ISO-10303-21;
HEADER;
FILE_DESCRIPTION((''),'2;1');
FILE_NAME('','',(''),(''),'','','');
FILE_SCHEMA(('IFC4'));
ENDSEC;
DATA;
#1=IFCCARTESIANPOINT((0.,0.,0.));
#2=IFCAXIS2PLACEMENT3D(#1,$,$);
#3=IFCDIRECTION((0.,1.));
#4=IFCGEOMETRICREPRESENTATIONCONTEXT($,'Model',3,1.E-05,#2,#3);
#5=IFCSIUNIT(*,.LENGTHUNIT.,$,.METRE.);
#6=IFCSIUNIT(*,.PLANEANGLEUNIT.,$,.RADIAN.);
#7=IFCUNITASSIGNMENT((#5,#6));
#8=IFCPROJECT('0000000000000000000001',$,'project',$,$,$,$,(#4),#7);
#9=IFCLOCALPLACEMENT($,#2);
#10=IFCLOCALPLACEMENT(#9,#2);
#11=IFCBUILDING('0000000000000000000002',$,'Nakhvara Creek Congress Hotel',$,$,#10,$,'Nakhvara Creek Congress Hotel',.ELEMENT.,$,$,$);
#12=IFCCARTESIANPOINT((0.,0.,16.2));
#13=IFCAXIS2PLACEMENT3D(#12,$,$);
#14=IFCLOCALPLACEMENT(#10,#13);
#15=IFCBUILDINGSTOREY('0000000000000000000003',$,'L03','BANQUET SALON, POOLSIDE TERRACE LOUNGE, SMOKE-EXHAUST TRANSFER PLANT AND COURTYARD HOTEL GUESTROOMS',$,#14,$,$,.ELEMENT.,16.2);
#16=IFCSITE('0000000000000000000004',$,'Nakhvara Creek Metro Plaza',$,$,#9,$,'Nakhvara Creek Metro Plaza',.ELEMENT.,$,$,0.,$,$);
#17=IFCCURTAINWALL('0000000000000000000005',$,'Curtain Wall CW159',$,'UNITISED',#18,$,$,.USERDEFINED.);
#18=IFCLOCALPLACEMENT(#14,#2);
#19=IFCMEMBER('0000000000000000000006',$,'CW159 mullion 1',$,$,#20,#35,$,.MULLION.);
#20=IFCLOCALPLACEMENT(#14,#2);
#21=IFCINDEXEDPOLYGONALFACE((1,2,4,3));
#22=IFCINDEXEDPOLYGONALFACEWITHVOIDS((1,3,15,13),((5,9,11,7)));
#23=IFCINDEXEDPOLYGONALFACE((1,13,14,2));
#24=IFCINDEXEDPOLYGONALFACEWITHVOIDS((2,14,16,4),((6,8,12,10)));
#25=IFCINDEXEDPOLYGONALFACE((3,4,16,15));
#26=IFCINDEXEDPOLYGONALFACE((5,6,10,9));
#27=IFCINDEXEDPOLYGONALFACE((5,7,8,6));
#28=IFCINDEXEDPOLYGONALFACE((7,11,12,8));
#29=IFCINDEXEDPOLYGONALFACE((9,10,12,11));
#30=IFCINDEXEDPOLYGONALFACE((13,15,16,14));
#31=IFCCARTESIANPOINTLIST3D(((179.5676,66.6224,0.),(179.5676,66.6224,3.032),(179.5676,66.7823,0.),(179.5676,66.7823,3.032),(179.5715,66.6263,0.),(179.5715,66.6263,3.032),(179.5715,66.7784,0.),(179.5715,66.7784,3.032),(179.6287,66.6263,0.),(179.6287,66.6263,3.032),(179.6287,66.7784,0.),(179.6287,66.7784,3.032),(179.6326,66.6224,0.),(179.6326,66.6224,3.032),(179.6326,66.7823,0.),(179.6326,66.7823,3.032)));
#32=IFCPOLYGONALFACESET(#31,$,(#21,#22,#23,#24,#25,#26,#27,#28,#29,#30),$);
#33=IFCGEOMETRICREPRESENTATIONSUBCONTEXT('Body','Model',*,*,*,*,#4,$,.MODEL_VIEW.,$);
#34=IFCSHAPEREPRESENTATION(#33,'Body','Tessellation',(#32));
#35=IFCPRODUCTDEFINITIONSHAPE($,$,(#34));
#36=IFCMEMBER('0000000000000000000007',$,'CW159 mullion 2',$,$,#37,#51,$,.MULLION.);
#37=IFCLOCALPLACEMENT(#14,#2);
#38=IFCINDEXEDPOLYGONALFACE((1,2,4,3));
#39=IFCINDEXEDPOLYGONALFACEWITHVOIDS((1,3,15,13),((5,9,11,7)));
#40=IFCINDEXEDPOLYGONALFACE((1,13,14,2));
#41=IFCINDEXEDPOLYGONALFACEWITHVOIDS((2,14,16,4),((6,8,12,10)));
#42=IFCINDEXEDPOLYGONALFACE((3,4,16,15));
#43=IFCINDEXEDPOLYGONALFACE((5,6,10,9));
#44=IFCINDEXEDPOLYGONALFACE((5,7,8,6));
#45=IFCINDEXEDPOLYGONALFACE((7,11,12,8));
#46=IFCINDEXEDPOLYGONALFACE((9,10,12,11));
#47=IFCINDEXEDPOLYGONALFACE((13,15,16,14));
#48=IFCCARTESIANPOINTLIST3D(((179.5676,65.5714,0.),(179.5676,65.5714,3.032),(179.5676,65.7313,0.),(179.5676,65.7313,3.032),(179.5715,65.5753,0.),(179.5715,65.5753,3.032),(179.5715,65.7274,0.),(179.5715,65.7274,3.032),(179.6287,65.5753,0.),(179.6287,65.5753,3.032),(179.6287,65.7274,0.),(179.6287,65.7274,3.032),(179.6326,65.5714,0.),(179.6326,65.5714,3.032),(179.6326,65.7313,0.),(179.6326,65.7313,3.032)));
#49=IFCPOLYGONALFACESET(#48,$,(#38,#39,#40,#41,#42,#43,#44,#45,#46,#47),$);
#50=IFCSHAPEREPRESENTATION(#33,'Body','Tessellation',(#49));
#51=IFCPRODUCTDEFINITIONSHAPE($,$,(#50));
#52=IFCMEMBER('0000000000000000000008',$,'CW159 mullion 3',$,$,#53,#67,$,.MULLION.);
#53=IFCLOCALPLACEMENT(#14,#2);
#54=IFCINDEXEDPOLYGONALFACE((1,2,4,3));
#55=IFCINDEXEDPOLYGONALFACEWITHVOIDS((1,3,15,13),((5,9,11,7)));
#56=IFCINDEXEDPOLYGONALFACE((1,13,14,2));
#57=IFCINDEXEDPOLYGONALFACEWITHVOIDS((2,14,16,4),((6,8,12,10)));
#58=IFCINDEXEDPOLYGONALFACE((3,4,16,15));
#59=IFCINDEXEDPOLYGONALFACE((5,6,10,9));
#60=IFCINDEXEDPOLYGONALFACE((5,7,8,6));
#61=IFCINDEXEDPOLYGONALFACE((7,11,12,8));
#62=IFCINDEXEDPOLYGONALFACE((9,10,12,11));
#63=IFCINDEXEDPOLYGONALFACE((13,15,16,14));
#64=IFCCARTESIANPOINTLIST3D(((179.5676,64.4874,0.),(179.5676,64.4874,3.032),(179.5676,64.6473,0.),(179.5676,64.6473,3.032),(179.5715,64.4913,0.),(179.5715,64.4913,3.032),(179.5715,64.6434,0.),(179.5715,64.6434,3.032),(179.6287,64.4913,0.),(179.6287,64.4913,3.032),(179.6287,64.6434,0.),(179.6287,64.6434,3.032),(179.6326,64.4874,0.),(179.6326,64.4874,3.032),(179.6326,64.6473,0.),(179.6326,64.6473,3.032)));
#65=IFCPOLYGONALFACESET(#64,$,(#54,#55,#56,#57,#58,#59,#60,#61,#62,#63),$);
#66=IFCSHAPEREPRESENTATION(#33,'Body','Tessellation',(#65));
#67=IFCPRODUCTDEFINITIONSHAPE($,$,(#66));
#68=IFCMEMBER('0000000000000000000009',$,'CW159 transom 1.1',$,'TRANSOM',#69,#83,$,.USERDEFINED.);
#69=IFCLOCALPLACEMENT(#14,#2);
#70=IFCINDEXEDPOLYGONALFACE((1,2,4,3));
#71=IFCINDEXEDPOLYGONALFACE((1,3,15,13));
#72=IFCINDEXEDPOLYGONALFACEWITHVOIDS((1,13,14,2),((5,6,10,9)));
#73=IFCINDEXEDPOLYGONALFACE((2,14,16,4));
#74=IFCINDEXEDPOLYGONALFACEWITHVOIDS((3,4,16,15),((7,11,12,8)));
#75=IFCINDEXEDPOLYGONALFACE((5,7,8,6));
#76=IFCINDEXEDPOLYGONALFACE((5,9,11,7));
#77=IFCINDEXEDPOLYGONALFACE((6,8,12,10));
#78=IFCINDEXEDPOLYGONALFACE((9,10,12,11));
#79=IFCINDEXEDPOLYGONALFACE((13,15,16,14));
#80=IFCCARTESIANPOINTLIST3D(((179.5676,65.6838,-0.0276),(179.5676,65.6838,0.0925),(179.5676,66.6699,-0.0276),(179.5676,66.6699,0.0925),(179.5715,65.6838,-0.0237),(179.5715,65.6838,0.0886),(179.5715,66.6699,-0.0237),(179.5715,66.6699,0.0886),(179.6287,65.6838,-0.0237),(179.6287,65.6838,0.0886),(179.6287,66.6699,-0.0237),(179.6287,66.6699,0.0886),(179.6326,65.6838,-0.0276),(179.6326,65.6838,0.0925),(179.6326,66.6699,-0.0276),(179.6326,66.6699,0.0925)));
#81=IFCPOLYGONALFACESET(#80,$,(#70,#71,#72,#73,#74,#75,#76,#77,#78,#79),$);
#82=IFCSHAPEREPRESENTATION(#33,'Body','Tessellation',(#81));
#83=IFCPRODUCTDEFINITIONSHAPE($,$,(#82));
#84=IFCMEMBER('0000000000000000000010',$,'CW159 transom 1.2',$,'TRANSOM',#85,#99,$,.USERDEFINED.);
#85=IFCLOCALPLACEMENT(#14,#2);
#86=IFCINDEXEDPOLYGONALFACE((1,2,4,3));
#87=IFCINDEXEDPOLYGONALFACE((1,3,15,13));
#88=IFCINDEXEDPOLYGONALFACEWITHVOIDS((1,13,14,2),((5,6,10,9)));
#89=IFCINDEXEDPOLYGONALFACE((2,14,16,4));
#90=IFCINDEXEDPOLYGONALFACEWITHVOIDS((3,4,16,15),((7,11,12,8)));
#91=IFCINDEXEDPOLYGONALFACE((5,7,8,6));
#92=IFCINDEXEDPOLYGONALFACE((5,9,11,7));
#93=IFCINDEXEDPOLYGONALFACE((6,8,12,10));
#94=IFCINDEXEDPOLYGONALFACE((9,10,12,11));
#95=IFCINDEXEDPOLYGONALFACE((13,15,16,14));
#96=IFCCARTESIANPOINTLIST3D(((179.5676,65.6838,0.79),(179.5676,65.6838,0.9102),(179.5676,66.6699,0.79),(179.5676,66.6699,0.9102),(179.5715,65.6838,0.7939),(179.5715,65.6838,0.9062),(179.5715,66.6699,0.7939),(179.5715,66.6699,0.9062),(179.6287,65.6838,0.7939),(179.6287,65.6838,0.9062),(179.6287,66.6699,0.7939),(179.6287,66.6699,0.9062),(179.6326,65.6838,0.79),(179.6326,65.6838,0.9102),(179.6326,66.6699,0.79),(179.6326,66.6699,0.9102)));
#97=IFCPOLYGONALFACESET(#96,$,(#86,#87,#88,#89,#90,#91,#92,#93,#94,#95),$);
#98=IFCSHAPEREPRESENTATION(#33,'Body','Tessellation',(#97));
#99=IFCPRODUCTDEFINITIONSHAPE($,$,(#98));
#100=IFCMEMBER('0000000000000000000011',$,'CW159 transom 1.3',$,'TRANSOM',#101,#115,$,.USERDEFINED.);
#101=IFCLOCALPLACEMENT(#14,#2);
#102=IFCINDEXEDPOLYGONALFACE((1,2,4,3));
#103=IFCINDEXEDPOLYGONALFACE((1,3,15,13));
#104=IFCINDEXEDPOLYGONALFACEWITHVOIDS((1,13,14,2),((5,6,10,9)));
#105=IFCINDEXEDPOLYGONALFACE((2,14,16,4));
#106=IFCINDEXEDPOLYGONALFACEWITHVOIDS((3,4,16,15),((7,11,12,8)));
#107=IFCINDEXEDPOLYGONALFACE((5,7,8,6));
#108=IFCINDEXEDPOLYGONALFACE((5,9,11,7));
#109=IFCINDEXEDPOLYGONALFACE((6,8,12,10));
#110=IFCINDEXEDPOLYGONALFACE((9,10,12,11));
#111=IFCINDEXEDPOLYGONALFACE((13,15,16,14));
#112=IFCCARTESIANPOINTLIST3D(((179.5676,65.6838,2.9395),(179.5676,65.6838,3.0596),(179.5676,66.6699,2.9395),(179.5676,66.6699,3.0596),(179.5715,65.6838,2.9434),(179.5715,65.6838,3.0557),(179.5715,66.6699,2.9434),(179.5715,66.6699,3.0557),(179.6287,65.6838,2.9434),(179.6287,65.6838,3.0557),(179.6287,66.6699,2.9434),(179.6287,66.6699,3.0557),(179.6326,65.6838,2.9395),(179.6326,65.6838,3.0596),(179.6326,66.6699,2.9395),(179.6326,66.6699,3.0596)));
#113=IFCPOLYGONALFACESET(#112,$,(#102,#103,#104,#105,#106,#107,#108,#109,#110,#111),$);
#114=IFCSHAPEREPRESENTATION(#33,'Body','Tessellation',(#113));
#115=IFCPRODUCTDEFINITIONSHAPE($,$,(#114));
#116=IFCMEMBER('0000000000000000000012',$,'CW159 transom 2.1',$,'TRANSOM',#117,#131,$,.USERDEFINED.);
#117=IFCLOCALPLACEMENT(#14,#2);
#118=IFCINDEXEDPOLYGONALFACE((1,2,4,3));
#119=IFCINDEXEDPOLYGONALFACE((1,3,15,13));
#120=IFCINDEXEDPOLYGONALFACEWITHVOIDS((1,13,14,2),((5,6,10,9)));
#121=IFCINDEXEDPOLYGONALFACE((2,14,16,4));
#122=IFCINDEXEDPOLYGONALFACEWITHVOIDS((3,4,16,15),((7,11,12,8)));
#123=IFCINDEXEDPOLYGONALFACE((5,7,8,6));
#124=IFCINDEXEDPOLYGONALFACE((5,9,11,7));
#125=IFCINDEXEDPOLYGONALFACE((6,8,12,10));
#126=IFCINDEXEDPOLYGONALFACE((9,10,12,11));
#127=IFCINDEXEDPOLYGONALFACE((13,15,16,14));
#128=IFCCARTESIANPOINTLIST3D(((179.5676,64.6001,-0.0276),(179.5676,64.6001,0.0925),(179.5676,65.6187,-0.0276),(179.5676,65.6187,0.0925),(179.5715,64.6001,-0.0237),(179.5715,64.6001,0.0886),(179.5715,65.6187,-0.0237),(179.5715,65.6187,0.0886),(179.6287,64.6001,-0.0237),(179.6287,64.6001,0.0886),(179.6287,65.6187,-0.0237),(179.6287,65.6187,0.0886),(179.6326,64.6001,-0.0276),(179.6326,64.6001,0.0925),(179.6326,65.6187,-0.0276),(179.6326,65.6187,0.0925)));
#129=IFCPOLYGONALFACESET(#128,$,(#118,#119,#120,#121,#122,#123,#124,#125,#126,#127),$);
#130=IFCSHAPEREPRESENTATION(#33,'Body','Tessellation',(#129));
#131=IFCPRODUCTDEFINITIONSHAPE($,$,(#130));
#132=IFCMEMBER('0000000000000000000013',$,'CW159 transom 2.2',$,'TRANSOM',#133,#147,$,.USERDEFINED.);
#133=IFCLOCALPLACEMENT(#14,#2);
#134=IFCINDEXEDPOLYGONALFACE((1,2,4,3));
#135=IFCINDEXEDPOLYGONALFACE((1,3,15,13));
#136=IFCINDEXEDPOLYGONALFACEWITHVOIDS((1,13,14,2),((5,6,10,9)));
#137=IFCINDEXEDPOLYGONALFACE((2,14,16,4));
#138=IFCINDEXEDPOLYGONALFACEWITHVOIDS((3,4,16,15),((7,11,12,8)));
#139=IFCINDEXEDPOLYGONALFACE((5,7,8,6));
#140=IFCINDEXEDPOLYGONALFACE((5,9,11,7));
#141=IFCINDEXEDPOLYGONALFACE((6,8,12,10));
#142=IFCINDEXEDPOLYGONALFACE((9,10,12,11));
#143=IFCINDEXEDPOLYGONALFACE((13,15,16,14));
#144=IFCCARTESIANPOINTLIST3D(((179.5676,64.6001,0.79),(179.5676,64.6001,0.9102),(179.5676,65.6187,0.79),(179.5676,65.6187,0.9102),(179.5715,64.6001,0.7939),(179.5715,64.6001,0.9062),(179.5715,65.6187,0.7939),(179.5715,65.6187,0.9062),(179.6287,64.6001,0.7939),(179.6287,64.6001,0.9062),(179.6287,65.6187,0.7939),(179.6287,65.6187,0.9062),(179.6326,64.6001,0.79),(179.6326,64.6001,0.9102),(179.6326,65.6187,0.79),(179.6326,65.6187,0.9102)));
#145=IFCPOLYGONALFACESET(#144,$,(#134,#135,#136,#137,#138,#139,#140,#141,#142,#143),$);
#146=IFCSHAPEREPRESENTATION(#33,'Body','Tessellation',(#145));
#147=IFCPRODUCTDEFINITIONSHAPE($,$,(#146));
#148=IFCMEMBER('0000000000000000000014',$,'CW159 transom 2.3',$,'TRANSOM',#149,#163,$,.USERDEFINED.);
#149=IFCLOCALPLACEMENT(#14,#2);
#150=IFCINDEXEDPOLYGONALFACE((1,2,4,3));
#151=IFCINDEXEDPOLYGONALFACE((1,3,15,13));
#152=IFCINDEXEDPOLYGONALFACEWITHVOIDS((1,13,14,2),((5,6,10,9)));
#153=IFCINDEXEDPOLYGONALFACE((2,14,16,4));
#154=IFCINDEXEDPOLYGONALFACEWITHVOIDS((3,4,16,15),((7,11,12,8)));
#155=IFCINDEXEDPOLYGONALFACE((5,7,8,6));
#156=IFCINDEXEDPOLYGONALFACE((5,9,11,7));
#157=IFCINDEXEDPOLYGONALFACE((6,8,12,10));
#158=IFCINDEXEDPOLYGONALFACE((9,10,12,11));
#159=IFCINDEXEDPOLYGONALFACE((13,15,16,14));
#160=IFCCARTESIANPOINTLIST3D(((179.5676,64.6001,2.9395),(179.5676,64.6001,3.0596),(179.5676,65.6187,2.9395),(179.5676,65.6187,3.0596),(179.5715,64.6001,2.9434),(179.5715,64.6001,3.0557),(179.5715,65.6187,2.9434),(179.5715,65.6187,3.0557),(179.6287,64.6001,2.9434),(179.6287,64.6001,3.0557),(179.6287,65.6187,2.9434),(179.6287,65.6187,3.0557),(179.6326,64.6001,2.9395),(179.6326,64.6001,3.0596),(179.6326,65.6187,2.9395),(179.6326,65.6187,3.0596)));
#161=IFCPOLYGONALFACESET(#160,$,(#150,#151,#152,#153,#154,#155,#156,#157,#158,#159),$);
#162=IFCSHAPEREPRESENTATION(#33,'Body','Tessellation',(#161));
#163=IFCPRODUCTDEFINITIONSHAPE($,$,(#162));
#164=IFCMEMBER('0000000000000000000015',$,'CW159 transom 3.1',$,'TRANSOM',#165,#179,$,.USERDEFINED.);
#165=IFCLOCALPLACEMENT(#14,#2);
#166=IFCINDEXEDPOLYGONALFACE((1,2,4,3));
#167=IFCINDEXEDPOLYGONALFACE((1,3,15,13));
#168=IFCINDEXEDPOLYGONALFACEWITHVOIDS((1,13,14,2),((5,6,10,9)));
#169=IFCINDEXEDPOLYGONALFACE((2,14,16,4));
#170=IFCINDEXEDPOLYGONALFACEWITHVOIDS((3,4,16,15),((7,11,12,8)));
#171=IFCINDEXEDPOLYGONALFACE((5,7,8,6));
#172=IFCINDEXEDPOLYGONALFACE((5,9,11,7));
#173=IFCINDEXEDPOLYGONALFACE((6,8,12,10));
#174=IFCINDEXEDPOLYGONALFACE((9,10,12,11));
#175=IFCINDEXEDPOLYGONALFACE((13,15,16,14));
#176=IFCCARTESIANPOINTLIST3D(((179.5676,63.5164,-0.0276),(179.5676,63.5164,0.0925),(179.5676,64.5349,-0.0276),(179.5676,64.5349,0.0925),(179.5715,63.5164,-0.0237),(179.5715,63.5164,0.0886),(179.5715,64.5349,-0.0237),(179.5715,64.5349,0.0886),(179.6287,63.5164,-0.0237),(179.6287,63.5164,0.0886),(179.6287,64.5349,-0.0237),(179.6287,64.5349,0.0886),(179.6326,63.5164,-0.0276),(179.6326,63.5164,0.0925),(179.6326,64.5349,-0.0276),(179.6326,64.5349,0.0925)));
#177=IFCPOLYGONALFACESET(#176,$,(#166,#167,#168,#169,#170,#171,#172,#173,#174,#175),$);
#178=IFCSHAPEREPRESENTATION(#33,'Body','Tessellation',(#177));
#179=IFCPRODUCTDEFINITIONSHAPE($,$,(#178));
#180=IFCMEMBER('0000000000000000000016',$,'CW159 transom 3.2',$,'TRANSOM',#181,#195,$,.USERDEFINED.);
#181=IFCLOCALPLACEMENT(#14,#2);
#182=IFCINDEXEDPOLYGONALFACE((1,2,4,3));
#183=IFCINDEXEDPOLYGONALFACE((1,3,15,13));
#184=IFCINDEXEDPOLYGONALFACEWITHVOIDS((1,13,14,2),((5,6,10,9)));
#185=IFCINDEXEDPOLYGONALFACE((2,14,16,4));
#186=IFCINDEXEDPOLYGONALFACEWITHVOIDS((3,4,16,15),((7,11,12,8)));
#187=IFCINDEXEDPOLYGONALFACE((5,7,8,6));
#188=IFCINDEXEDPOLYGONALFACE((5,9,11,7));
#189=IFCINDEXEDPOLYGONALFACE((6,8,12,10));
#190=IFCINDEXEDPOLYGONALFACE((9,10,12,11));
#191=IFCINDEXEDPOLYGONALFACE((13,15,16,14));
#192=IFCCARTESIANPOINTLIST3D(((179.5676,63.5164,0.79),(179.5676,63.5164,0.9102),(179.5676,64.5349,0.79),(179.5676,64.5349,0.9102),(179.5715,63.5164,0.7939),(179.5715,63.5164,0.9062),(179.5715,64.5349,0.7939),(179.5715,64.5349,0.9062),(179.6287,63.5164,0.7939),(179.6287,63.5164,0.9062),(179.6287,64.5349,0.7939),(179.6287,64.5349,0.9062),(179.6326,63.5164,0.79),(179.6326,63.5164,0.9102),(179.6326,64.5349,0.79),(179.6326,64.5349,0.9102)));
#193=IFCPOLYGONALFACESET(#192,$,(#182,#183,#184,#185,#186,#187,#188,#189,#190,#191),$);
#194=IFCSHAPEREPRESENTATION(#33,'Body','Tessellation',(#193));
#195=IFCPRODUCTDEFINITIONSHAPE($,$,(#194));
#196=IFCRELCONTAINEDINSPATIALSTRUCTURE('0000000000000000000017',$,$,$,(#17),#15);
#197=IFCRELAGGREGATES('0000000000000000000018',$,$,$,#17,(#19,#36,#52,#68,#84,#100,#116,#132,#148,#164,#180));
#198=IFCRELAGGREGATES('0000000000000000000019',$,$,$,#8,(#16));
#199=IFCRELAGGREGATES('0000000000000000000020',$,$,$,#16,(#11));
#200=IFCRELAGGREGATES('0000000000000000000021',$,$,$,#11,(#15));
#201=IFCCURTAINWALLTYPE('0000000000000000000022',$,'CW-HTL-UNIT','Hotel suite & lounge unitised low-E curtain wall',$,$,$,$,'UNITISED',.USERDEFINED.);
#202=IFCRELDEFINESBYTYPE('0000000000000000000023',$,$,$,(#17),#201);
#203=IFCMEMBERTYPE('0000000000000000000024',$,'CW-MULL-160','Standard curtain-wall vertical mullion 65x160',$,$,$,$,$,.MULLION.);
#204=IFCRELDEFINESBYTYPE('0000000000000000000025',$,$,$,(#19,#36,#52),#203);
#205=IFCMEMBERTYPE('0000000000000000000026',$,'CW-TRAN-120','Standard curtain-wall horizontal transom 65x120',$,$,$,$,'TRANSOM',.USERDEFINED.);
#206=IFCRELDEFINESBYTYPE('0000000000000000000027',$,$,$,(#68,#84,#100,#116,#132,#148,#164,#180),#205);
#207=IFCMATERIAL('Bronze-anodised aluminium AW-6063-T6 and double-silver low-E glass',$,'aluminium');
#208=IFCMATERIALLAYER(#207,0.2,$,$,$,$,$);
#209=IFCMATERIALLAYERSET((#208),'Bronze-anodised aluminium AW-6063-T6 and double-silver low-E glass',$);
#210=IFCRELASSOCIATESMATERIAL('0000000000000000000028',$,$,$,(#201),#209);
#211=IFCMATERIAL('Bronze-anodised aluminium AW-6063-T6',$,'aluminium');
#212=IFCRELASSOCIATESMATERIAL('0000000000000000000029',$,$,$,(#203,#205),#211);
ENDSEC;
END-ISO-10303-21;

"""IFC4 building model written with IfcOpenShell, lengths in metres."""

from ifc_helpers import new_model, si_unit, direction, frame, origin, origin_2d, place, context, subcontext, project, spatial, hollow_rectangle, extrude, material, layer, layer_set, material_profile, profile_set, type_object, element, aggregate, save


model = new_model("IFC4")

# Units and contexts
model_context = context("Model", 3, precision=1e-05, world=origin(), true_north=direction((0.0, 1.0)))
body_context = subcontext(model_context, "Body", "Model", "MODEL_VIEW")
ifc_project = project(units=[si_unit("LENGTHUNIT", "METRE"), si_unit("PLANEANGLEUNIT", "RADIAN")], contexts=[model_context])

# Site, building, storey
site_placement = place(None, origin())
site = spatial("IfcSite", under=ifc_project, at=site_placement, Name="Nakhvara Creek Metro Plaza", LongName="Nakhvara Creek Metro Plaza", CompositionType="ELEMENT", RefElevation=0.0)
building_placement = place(site_placement, origin())
building = spatial("IfcBuilding", under=site, at=building_placement, Name="Nakhvara Creek Congress Hotel", LongName="Nakhvara Creek Congress Hotel", CompositionType="ELEMENT")
storey_placement = place(building_placement, frame((0.0, 0.0, 16.2)))
storey = spatial("IfcBuildingStorey", under=building, at=storey_placement, Name="L03", Description="BANQUET SALON, POOLSIDE TERRACE LOUNGE, SMOKE-EXHAUST TRANSFER PLANT AND COURTYARD HOTEL GUESTROOMS", CompositionType="ELEMENT", Elevation=16.2)

# Curtain wall, members
ifc_material_1 = material(Name="Bronze-anodised aluminium AW-6063-T6 and double-silver low-E glass", Category="aluminium")
ifc_layer_1 = layer(ifc_material_1, 0.2)
ifc_layer_set_1 = layer_set([ifc_layer_1], Name="Bronze-anodised aluminium AW-6063-T6 and double-silver low-E glass")
curtain_wall_type = type_object("IfcCurtainWallType", Name="CW-HTL-UNIT", Description="Hotel suite & lounge unitised low-E curtain wall", ElementType="UNITISED", PredefinedType="USERDEFINED", material=ifc_layer_set_1)
curtain_wall_placement = place(storey_placement, origin())
curtain_wall = element("IfcCurtainWall", 1, at=curtain_wall_placement, inside=storey, type_object=curtain_wall_type, Name="Curtain Wall CW159", ObjectType="UNITISED", PredefinedType="USERDEFINED")
ifc_material_2 = material(Name="Bronze-anodised aluminium AW-6063-T6", Category="aluminium")
ifc_material_profile_1 = material_profile(ifc_material_2, hollow_rectangle(XDim=0.0649, YDim=0.1599, WallThickness=0.0039, at=origin_2d()), Name="ALU-MULL 65x160x4", Category="LoadBearing")
ifc_profile_set_1 = profile_set([ifc_material_profile_1], Name="Bronze-anodised aluminium AW-6063-T6")
member_type_1 = type_object("IfcMemberType", Name="CW-MULL-160", Description="Standard curtain-wall vertical mullion 65x160", PredefinedType="MULLION", material=ifc_profile_set_1)
member_1_placement = place(storey_placement, frame((179.6001, 66.7024, 0.0), z_axis=(0.0, 0.0, 1.0), x_axis=(1.0, 0.0, 0.0)))
member_1 = element("IfcMember", 2, at=member_1_placement, type_object=member_type_1, Name="CW159 mullion 1", PredefinedType="MULLION", context=body_context, shape_type="SweptSolid", body=[
    extrude(hollow_rectangle(XDim=0.0649, YDim=0.1599, WallThickness=0.0039, at=origin_2d()), origin(), (0.0, 0.0, 1.0), 3.032),
])
member_2_placement = place(storey_placement, frame((179.6001, 65.6514, 0.0), z_axis=(0.0, 0.0, 1.0), x_axis=(1.0, 0.0, 0.0)))
member_2 = element("IfcMember", 3, at=member_2_placement, type_object=member_type_1, Name="CW159 mullion 2", PredefinedType="MULLION", context=body_context, shape_type="SweptSolid", body=[
    extrude(hollow_rectangle(XDim=0.0649, YDim=0.1599, WallThickness=0.0039, at=origin_2d()), origin(), (0.0, 0.0, 1.0), 3.032),
])
member_3_placement = place(storey_placement, frame((179.6001, 64.5674, 0.0), z_axis=(0.0, 0.0, 1.0), x_axis=(1.0, 0.0, 0.0)))
member_3 = element("IfcMember", 4, at=member_3_placement, type_object=member_type_1, Name="CW159 mullion 3", PredefinedType="MULLION", context=body_context, shape_type="SweptSolid", body=[
    extrude(hollow_rectangle(XDim=0.0649, YDim=0.1599, WallThickness=0.0039, at=origin_2d()), origin(), (0.0, 0.0, 1.0), 3.032),
])
ifc_material_profile_2 = material_profile(ifc_material_2, hollow_rectangle(XDim=0.0649, YDim=0.1201, WallThickness=0.0039, at=origin_2d()), Name="ALU-TRAN 65x120x4", Category="LoadBearing")
ifc_profile_set_2 = profile_set([ifc_material_profile_2], Name="Bronze-anodised aluminium AW-6063-T6")
member_type_2 = type_object("IfcMemberType", Name="CW-TRAN-120", Description="Standard curtain-wall horizontal transom 65x120", ElementType="TRANSOM", PredefinedType="USERDEFINED", material=ifc_profile_set_2)
member_4_placement = place(storey_placement, frame((179.6001, 66.6699, 0.0325), z_axis=(0.0, -1.0, 0.0), x_axis=(1.0, 0.0, 0.0)))
member_4 = element("IfcMember", 5, at=member_4_placement, type_object=member_type_2, Name="CW159 transom 1.1", ObjectType="TRANSOM", PredefinedType="USERDEFINED", context=body_context, shape_type="SweptSolid", body=[
    extrude(hollow_rectangle(XDim=0.0649, YDim=0.1201, WallThickness=0.0039, at=origin_2d()), origin(), (0.0, 0.0, 1.0), 0.9861),
])
member_5_placement = place(storey_placement, frame((179.6001, 66.6699, 0.8501), z_axis=(0.0, -1.0, 0.0), x_axis=(1.0, 0.0, 0.0)))
member_5 = element("IfcMember", 6, at=member_5_placement, type_object=member_type_2, Name="CW159 transom 1.2", ObjectType="TRANSOM", PredefinedType="USERDEFINED", context=body_context, shape_type="SweptSolid", body=[
    extrude(hollow_rectangle(XDim=0.0649, YDim=0.1201, WallThickness=0.0039, at=origin_2d()), origin(), (0.0, 0.0, 1.0), 0.9861),
])
member_6_placement = place(storey_placement, frame((179.6001, 66.6699, 2.9995), z_axis=(0.0, -1.0, 0.0), x_axis=(1.0, 0.0, 0.0)))
member_6 = element("IfcMember", 7, at=member_6_placement, type_object=member_type_2, Name="CW159 transom 1.3", ObjectType="TRANSOM", PredefinedType="USERDEFINED", context=body_context, shape_type="SweptSolid", body=[
    extrude(hollow_rectangle(XDim=0.0649, YDim=0.1201, WallThickness=0.0039, at=origin_2d()), origin(), (0.0, 0.0, 1.0), 0.9861),
])
member_7_placement = place(storey_placement, frame((179.6001, 65.6187, 0.0325), z_axis=(0.0, -1.0, 0.0), x_axis=(1.0, 0.0, 0.0)))
member_7 = element("IfcMember", 8, at=member_7_placement, type_object=member_type_2, Name="CW159 transom 2.1", ObjectType="TRANSOM", PredefinedType="USERDEFINED", context=body_context, shape_type="SweptSolid", body=[
    extrude(hollow_rectangle(XDim=0.0649, YDim=0.1201, WallThickness=0.0039, at=origin_2d()), origin(), (0.0, 0.0, 1.0), 1.0186),
])
member_8_placement = place(storey_placement, frame((179.6001, 65.6187, 0.8501), z_axis=(0.0, -1.0, 0.0), x_axis=(1.0, 0.0, 0.0)))
member_8 = element("IfcMember", 9, at=member_8_placement, type_object=member_type_2, Name="CW159 transom 2.2", ObjectType="TRANSOM", PredefinedType="USERDEFINED", context=body_context, shape_type="SweptSolid", body=[
    extrude(hollow_rectangle(XDim=0.0649, YDim=0.1201, WallThickness=0.0039, at=origin_2d()), origin(), (0.0, 0.0, 1.0), 1.0186),
])
member_9_placement = place(storey_placement, frame((179.6001, 65.6187, 2.9995), z_axis=(0.0, -1.0, 0.0), x_axis=(1.0, 0.0, 0.0)))
member_9 = element("IfcMember", 10, at=member_9_placement, type_object=member_type_2, Name="CW159 transom 2.3", ObjectType="TRANSOM", PredefinedType="USERDEFINED", context=body_context, shape_type="SweptSolid", body=[
    extrude(hollow_rectangle(XDim=0.0649, YDim=0.1201, WallThickness=0.0039, at=origin_2d()), origin(), (0.0, 0.0, 1.0), 1.0186),
])
member_10_placement = place(storey_placement, frame((179.6001, 64.5349, 0.0325), z_axis=(0.0, -1.0, 0.0), x_axis=(1.0, 0.0, 0.0)))
member_10 = element("IfcMember", 11, at=member_10_placement, type_object=member_type_2, Name="CW159 transom 3.1", ObjectType="TRANSOM", PredefinedType="USERDEFINED", context=body_context, shape_type="SweptSolid", body=[
    extrude(hollow_rectangle(XDim=0.0649, YDim=0.1201, WallThickness=0.0039, at=origin_2d()), origin(), (0.0, 0.0, 1.0), 1.0186),
])
member_11_placement = place(storey_placement, frame((179.6001, 64.5349, 0.8501), z_axis=(0.0, -1.0, 0.0), x_axis=(1.0, 0.0, 0.0)))
member_11 = element("IfcMember", 12, at=member_11_placement, type_object=member_type_2, Name="CW159 transom 3.2", ObjectType="TRANSOM", PredefinedType="USERDEFINED", context=body_context, shape_type="SweptSolid", body=[
    extrude(hollow_rectangle(XDim=0.0649, YDim=0.1201, WallThickness=0.0039, at=origin_2d()), origin(), (0.0, 0.0, 1.0), 1.0186),
])
aggregate(curtain_wall, [member_1, member_2, member_3, member_4, member_5, member_6, member_7, member_8, member_9, member_10, member_11])

save(model, "model.ifc")
